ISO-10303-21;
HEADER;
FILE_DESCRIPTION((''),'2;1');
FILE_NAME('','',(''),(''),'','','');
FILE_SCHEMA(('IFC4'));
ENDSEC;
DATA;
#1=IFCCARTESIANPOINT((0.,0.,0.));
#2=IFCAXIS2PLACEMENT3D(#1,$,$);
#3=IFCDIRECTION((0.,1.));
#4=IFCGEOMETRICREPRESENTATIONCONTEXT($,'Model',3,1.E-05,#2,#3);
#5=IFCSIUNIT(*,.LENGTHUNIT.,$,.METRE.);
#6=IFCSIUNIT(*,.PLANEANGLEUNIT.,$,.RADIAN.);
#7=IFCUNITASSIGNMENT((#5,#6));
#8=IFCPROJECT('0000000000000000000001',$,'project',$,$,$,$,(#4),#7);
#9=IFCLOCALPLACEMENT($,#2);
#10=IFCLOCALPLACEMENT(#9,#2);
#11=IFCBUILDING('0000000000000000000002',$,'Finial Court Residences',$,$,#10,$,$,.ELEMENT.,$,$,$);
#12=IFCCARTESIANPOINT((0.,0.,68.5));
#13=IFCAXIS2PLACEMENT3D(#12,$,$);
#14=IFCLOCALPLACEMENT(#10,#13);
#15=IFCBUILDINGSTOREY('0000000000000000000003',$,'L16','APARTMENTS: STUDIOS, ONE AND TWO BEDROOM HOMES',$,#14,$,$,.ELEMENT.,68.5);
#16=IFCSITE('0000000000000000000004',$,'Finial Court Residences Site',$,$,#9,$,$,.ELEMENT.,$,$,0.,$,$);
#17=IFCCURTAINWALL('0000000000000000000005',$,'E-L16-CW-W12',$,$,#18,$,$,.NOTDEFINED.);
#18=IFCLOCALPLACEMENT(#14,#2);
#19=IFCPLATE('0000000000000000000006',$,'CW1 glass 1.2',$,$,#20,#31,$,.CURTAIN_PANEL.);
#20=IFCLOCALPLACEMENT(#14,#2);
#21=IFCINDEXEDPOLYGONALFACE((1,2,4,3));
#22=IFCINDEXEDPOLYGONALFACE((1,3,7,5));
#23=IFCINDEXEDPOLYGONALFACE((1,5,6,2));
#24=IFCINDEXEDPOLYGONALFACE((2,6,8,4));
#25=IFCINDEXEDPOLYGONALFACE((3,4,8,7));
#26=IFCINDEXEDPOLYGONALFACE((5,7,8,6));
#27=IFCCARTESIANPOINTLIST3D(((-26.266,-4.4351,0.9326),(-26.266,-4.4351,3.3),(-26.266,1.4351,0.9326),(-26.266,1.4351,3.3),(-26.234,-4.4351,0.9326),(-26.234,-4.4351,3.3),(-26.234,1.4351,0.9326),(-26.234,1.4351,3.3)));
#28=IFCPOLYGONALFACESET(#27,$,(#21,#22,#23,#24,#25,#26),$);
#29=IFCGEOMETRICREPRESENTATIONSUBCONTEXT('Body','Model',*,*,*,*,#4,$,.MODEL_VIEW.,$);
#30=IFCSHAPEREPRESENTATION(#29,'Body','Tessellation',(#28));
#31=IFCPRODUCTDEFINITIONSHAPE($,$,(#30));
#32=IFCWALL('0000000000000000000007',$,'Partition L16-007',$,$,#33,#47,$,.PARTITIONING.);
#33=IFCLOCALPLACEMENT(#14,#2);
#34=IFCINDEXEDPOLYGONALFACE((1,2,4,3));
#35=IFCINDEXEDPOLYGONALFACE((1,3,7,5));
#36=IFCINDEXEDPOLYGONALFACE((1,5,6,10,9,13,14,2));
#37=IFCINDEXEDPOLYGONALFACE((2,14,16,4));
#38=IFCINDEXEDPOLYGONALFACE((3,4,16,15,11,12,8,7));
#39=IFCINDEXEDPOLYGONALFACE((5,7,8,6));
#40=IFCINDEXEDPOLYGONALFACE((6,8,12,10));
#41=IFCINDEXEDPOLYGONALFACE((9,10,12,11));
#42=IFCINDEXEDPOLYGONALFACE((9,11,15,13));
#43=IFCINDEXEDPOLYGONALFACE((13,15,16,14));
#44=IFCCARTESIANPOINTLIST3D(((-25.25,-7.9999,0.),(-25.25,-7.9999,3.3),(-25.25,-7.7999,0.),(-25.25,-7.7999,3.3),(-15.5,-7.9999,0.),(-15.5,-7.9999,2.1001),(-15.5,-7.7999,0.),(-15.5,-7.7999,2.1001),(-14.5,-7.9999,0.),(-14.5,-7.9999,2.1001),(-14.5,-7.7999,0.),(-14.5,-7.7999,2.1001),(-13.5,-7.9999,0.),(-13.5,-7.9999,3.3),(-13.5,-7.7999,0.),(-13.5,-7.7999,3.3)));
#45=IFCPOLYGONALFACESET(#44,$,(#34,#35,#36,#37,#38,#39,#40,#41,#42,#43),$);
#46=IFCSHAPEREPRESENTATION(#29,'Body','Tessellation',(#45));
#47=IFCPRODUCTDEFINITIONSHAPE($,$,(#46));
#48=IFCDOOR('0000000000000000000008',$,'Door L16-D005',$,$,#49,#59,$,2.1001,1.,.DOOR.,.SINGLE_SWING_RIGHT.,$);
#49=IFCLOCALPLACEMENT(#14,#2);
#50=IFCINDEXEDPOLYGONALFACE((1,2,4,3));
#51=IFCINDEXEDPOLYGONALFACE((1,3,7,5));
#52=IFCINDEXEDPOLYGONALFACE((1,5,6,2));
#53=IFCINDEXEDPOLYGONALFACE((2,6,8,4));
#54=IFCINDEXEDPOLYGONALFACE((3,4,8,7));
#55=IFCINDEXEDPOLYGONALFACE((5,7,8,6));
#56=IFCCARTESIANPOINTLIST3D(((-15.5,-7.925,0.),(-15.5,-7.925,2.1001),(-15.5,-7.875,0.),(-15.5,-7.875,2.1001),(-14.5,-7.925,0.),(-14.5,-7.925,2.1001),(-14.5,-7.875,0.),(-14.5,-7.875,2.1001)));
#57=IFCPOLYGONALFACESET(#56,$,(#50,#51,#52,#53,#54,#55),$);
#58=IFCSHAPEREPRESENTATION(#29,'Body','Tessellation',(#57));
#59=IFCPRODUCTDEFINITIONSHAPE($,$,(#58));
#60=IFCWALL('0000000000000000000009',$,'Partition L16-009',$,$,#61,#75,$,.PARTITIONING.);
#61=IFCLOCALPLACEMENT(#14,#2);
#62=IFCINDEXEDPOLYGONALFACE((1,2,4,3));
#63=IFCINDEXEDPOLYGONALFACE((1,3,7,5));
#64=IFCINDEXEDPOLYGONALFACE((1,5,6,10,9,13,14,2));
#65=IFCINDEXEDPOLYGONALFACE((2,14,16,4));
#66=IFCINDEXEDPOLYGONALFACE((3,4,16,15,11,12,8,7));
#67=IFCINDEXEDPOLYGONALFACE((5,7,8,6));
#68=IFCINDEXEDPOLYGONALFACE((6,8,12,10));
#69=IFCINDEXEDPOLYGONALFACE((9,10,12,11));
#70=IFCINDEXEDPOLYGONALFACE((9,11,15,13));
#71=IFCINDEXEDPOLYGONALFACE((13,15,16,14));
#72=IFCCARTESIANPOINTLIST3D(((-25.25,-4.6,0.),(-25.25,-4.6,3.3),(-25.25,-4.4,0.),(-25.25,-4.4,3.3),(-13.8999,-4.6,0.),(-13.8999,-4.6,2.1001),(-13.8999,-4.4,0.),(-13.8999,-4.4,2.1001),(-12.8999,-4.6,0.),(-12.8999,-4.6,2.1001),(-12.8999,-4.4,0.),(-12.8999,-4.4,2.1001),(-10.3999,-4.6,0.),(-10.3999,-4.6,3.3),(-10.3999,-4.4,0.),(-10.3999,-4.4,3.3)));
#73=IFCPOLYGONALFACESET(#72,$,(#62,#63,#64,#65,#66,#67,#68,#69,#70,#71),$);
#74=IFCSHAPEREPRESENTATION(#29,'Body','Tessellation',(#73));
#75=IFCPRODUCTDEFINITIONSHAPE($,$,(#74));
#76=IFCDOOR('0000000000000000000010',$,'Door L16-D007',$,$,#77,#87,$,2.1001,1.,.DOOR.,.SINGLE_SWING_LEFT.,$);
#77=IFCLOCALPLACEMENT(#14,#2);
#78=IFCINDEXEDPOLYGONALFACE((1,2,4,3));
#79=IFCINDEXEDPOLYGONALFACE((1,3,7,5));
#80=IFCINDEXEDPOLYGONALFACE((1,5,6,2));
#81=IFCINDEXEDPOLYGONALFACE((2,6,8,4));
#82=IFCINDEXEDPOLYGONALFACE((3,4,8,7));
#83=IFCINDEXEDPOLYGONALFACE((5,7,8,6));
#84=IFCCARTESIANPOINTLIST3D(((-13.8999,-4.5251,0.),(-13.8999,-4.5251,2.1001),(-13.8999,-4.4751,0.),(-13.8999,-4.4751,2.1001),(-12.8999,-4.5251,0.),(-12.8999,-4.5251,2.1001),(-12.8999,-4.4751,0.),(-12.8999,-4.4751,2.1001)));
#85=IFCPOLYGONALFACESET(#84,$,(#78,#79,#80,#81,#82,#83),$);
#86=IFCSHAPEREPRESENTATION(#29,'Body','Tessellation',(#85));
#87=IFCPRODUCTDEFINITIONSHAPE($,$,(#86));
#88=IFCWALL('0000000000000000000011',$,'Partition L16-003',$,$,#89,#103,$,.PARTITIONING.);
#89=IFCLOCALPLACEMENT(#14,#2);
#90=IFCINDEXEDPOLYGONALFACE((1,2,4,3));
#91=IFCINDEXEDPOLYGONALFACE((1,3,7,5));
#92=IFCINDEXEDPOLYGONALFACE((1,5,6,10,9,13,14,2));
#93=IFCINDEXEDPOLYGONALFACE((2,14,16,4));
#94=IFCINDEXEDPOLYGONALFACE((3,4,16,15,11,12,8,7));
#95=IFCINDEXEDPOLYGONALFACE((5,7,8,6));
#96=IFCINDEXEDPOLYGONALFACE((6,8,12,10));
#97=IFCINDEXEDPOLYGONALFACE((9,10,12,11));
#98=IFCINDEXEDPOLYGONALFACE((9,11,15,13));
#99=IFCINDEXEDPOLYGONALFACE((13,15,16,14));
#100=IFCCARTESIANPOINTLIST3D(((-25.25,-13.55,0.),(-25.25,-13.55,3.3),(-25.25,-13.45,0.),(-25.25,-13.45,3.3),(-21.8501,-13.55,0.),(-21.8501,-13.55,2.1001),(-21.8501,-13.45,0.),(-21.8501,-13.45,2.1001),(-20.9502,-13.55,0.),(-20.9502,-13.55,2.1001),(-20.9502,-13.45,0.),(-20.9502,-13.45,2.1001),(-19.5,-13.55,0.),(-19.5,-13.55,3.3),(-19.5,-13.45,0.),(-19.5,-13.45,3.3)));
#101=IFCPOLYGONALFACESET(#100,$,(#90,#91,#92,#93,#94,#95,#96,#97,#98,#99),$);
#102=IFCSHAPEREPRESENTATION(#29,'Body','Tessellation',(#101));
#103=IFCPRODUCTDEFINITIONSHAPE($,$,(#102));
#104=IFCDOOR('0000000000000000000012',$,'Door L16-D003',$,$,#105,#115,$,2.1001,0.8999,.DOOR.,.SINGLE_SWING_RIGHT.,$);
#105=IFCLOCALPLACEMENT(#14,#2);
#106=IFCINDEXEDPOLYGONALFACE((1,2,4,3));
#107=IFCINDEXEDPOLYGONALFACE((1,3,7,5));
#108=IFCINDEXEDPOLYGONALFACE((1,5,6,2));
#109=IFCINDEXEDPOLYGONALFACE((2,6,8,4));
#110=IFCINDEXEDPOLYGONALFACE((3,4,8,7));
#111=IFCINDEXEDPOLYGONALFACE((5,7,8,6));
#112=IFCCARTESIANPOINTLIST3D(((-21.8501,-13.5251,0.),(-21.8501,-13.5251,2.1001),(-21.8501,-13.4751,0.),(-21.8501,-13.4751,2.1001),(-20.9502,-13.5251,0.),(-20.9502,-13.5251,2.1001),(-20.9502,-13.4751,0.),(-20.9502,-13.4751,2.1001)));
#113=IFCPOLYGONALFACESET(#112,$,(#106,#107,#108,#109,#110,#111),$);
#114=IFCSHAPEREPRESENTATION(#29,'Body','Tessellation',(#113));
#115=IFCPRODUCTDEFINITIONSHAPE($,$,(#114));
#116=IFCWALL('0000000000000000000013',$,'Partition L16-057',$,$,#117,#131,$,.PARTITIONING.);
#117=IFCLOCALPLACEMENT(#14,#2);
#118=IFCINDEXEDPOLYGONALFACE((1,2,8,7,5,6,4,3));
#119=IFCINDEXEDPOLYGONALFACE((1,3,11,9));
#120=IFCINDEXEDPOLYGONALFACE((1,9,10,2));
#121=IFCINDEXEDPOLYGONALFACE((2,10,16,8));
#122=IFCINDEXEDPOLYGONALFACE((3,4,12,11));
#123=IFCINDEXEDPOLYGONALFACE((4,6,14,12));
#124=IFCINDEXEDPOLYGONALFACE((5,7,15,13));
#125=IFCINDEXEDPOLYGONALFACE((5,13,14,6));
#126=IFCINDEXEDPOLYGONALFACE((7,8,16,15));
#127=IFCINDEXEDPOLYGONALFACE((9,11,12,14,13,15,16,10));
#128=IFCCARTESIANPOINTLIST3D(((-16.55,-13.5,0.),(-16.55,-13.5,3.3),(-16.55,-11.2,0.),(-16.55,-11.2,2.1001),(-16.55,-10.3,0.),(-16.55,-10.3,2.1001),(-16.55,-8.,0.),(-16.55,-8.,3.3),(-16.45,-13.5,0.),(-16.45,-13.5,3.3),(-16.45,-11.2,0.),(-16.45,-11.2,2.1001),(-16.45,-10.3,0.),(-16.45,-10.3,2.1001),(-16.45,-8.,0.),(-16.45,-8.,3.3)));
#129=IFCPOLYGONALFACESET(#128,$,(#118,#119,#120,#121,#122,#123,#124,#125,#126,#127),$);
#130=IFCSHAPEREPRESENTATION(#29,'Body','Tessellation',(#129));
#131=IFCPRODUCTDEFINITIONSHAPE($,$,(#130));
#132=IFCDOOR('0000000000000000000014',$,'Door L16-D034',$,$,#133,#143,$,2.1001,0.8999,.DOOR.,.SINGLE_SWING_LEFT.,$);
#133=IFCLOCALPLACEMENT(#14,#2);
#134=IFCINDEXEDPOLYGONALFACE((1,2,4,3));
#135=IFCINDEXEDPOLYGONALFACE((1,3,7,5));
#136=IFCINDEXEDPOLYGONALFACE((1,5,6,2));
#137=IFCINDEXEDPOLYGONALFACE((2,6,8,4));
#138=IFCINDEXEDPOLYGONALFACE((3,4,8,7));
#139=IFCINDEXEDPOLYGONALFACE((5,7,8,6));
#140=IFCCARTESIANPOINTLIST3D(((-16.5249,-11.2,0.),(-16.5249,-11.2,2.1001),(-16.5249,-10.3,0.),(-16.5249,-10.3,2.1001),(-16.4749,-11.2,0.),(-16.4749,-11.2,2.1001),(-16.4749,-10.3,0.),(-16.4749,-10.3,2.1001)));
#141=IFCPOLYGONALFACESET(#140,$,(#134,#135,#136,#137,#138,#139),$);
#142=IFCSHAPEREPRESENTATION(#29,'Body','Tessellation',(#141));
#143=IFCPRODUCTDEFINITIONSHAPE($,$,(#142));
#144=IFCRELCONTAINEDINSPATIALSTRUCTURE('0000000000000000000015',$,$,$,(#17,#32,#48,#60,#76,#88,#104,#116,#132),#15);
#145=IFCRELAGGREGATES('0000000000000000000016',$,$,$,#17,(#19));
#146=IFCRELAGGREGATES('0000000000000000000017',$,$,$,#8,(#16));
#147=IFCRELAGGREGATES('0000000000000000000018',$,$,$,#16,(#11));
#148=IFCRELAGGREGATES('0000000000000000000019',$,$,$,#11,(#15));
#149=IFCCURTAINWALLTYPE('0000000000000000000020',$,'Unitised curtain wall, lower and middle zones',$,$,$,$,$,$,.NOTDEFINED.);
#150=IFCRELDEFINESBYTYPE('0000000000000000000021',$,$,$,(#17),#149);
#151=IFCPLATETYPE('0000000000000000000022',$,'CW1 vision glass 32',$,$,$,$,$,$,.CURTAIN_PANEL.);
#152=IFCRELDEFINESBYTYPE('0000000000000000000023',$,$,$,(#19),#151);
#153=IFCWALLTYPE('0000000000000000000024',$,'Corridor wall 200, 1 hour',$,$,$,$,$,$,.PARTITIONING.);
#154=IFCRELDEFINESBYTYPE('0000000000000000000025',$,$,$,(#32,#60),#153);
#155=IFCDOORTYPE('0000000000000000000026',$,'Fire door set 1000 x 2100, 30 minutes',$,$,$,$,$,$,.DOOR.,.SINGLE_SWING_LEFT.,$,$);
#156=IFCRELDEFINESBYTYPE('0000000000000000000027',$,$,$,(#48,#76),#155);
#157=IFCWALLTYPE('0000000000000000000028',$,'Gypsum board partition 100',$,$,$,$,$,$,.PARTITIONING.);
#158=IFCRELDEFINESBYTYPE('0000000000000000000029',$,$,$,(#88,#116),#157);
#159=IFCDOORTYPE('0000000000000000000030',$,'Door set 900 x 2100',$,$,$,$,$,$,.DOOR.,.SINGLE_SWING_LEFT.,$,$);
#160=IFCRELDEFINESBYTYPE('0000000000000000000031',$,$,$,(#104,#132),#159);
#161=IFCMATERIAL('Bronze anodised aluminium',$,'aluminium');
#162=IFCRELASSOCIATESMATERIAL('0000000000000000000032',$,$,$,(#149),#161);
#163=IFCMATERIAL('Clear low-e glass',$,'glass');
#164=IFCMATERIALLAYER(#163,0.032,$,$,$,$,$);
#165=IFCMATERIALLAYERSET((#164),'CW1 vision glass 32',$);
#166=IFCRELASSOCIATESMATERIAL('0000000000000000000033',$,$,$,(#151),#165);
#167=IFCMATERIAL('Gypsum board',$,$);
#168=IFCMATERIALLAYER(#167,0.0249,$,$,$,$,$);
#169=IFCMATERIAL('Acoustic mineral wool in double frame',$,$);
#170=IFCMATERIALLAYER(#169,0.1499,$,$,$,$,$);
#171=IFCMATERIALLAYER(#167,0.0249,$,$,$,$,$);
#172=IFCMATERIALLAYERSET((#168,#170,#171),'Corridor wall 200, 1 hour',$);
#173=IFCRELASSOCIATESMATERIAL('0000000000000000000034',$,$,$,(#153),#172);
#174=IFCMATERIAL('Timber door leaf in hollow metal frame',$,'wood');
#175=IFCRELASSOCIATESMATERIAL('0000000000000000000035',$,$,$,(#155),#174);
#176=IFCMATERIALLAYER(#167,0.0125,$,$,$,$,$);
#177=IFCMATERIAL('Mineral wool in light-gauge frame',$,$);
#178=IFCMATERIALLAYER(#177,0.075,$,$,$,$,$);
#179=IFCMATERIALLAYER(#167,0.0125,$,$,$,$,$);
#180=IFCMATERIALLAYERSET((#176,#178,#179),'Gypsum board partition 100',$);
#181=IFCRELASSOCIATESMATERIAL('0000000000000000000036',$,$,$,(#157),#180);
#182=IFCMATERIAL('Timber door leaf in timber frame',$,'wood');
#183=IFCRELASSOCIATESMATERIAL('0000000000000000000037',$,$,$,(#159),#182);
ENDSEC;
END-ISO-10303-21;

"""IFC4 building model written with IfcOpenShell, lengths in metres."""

from ifc_helpers import new_model, si_unit, direction, frame, frame_2d, origin, origin_2d, place, context, subcontext, project, spatial, rectangle, extrude, material, layer, layer_set, type_object, element, fill, aggregate, save


model = new_model("IFC4")

# Units and contexts
model_context = context("Model", 3, precision=1e-05, world=origin(), true_north=direction((0.0, 1.0)))
body_context = subcontext(model_context, "Body", "Model", "MODEL_VIEW")
ifc_project = project(units=[si_unit("LENGTHUNIT", "METRE"), si_unit("PLANEANGLEUNIT", "RADIAN")], contexts=[model_context])

# Site, building, storey
site_placement = place(None, origin())
site = spatial("IfcSite", under=ifc_project, at=site_placement, Name="Finial Court Residences Site", CompositionType="ELEMENT", RefElevation=0.0)
building_placement = place(site_placement, origin())
building = spatial("IfcBuilding", under=site, at=building_placement, Name="Finial Court Residences", CompositionType="ELEMENT")
storey_placement = place(building_placement, frame((0.0, 0.0, 68.5)))
storey = spatial("IfcBuildingStorey", under=building, at=storey_placement, Name="L16", Description="APARTMENTS: STUDIOS, ONE AND TWO BEDROOM HOMES", CompositionType="ELEMENT", Elevation=68.5)

# Curtain wall
ifc_material_1 = material(Name="Bronze anodised aluminium", Category="aluminium")
curtain_wall_type = type_object("IfcCurtainWallType", Name="Unitised curtain wall, lower and middle zones", PredefinedType="NOTDEFINED", material=ifc_material_1)
curtain_wall_1_placement = place(storey_placement, origin())
curtain_wall_1 = element("IfcCurtainWall", 1, at=curtain_wall_1_placement, inside=storey, type_object=curtain_wall_type, Name="E-L16-CW-W12", PredefinedType="NOTDEFINED")

# Plate
ifc_material_2 = material(Name="Clear low-e glass", Category="glass")
ifc_layer_1 = layer(ifc_material_2, 0.032)
ifc_layer_set_1 = layer_set([ifc_layer_1], Name="CW1 vision glass 32")
plate_type_1 = type_object("IfcPlateType", Name="CW1 vision glass 32", PredefinedType="CURTAIN_PANEL", material=ifc_layer_set_1)
plate_1_placement = place(storey_placement, frame((-26.25, -1.5, 0.9326), z_axis=(0.0, 0.0, 1.0), x_axis=(0.0, 1.0, 0.0)))
plate_1 = element("IfcPlate", 2, at=plate_1_placement, type_object=plate_type_1, Name="CW1 glass 1.2", PredefinedType="CURTAIN_PANEL", context=body_context, shape_type="SweptSolid", body=[
    extrude(rectangle(XDim=5.8701, YDim=0.032, at=origin_2d()), origin(), (0.0, 0.0, 1.0), 2.3674),
])
aggregate(curtain_wall_1, [plate_1])

# Walls, openings, doors
ifc_material_3 = material(Name="Gypsum board")
ifc_layer_2 = layer(ifc_material_3, 0.0249)
ifc_material_4 = material(Name="Acoustic mineral wool in double frame")
ifc_layer_3 = layer(ifc_material_4, 0.1499)
ifc_layer_4 = layer(ifc_material_3, 0.0249)
ifc_layer_set_2 = layer_set([ifc_layer_2, ifc_layer_3, ifc_layer_4], Name="Corridor wall 200, 1 hour")
wall_type_1 = type_object("IfcWallType", Name="Corridor wall 200, 1 hour", PredefinedType="PARTITIONING", material=ifc_layer_set_2)
wall_1_placement = place(storey_placement, frame((-25.25, -7.8999, 0.0), z_axis=(0.0, 0.0, 1.0), x_axis=(1.0, 0.0, 0.0)))
wall_1 = element("IfcWall", 3, at=wall_1_placement, inside=storey, type_object=wall_type_1, Name="Partition L16-007", PredefinedType="PARTITIONING", context=body_context, shape_type="SweptSolid", body=[
    extrude(rectangle(XDim=11.75, YDim=0.2, at=frame_2d((5.875, 0.0))), origin(), (0.0, 0.0, 1.0), 3.3),
])
opening_1_placement = place(wall_1_placement, frame((9.75, 0.0, 0.0)))
opening_1 = element("IfcOpeningElement", 4, at=opening_1_placement, cuts=wall_1, PredefinedType="OPENING", context=body_context, shape_type="SweptSolid", body=[
    extrude(rectangle(XDim=1.0, YDim=2.1001, at=frame_2d((0.5, 1.05))), frame((0.0, 0.1099, 0.0), z_axis=(0.0, -1.0, 0.0), x_axis=(1.0, 0.0, 0.0)), (0.0, 0.0, 1.0), 0.22),
])
ifc_material_5 = material(Name="Timber door leaf in hollow metal frame", Category="wood")
door_type_1 = type_object("IfcDoorType", Name="Fire door set 1000 x 2100, 30 minutes", OperationType="SINGLE_SWING_LEFT", PredefinedType="DOOR", material=ifc_material_5)
door_1_placement = place(opening_1_placement, origin())
door_1 = element("IfcDoor", 5, at=door_1_placement, inside=storey, type_object=door_type_1, Name="Door L16-D005", OperationType="SINGLE_SWING_RIGHT", OverallHeight=2.1001, OverallWidth=1.0, PredefinedType="DOOR", context=body_context, shape_type="SweptSolid", body=[
    extrude(rectangle(XDim=1.0, YDim=2.1001, at=frame_2d((0.5, 1.05))), frame((0.0, 0.0249, 0.0), z_axis=(0.0, -1.0, 0.0), x_axis=(1.0, 0.0, 0.0)), (0.0, 0.0, 1.0), 0.05),
])
fill(opening_1, door_1)
wall_2_placement = place(storey_placement, frame((-25.25, -4.5, 0.0), z_axis=(0.0, 0.0, 1.0), x_axis=(1.0, 0.0, 0.0)))
wall_2 = element("IfcWall", 6, at=wall_2_placement, inside=storey, type_object=wall_type_1, Name="Partition L16-009", PredefinedType="PARTITIONING", context=body_context, shape_type="SweptSolid", body=[
    extrude(rectangle(XDim=14.8501, YDim=0.2, at=frame_2d((7.425, 0.0))), origin(), (0.0, 0.0, 1.0), 3.3),
])
opening_2_placement = place(wall_2_placement, frame((11.3501, 0.0, 0.0)))
opening_2 = element("IfcOpeningElement", 7, at=opening_2_placement, cuts=wall_2, PredefinedType="OPENING", context=body_context, shape_type="SweptSolid", body=[
    extrude(rectangle(XDim=1.0, YDim=2.1001, at=frame_2d((0.5, 1.05))), frame((0.0, 0.1099, 0.0), z_axis=(0.0, -1.0, 0.0), x_axis=(1.0, 0.0, 0.0)), (0.0, 0.0, 1.0), 0.22),
])
door_2_placement = place(opening_2_placement, origin())
door_2 = element("IfcDoor", 8, at=door_2_placement, inside=storey, type_object=door_type_1, Name="Door L16-D007", OperationType="SINGLE_SWING_LEFT", OverallHeight=2.1001, OverallWidth=1.0, PredefinedType="DOOR", context=body_context, shape_type="SweptSolid", body=[
    extrude(rectangle(XDim=1.0, YDim=2.1001, at=frame_2d((0.5, 1.05))), frame((0.0, 0.0249, 0.0), z_axis=(0.0, -1.0, 0.0), x_axis=(1.0, 0.0, 0.0)), (0.0, 0.0, 1.0), 0.05),
])
fill(opening_2, door_2)
ifc_layer_5 = layer(ifc_material_3, 0.0125)
ifc_material_6 = material(Name="Mineral wool in light-gauge frame")
ifc_layer_6 = layer(ifc_material_6, 0.075)
ifc_layer_7 = layer(ifc_material_3, 0.0125)
ifc_layer_set_3 = layer_set([ifc_layer_5, ifc_layer_6, ifc_layer_7], Name="Gypsum board partition 100")
wall_type_2 = type_object("IfcWallType", Name="Gypsum board partition 100", PredefinedType="PARTITIONING", material=ifc_layer_set_3)
wall_3_placement = place(storey_placement, frame((-25.25, -13.5, 0.0), z_axis=(0.0, 0.0, 1.0), x_axis=(1.0, 0.0, 0.0)))
wall_3 = element("IfcWall", 9, at=wall_3_placement, inside=storey, type_object=wall_type_2, Name="Partition L16-003", PredefinedType="PARTITIONING", context=body_context, shape_type="SweptSolid", body=[
    extrude(rectangle(XDim=5.75, YDim=0.1001, at=frame_2d((2.875, 0.0))), origin(), (0.0, 0.0, 1.0), 3.3),
])
opening_3_placement = place(wall_3_placement, frame((3.3999, 0.0, 0.0)))
opening_3 = element("IfcOpeningElement", 10, at=opening_3_placement, cuts=wall_3, PredefinedType="OPENING", context=body_context, shape_type="SweptSolid", body=[
    extrude(rectangle(XDim=0.8999, YDim=2.1001, at=frame_2d((0.45, 1.05))), frame((0.0, 0.0601, 0.0), z_axis=(0.0, -1.0, 0.0), x_axis=(1.0, 0.0, 0.0)), (0.0, 0.0, 1.0), 0.1201),
])
ifc_material_7 = material(Name="Timber door leaf in timber frame", Category="wood")
door_type_2 = type_object("IfcDoorType", Name="Door set 900 x 2100", OperationType="SINGLE_SWING_LEFT", PredefinedType="DOOR", material=ifc_material_7)
door_3_placement = place(opening_3_placement, origin())
door_3 = element("IfcDoor", 11, at=door_3_placement, inside=storey, type_object=door_type_2, Name="Door L16-D003", OperationType="SINGLE_SWING_RIGHT", OverallHeight=2.1001, OverallWidth=0.8999, PredefinedType="DOOR", context=body_context, shape_type="SweptSolid", body=[
    extrude(rectangle(XDim=0.8999, YDim=2.1001, at=frame_2d((0.45, 1.05))), frame((0.0, 0.0249, 0.0), z_axis=(0.0, -1.0, 0.0), x_axis=(1.0, 0.0, 0.0)), (0.0, 0.0, 1.0), 0.05),
])
fill(opening_3, door_3)
wall_4_placement = place(storey_placement, frame((-16.5, -13.5, 0.0), z_axis=(0.0, 0.0, 1.0), x_axis=(0.0, 1.0, 0.0)))
wall_4 = element("IfcWall", 12, at=wall_4_placement, inside=storey, type_object=wall_type_2, Name="Partition L16-057", PredefinedType="PARTITIONING", context=body_context, shape_type="SweptSolid", body=[
    extrude(rectangle(XDim=5.5, YDim=0.1001, at=frame_2d((2.75, 0.0))), origin(), (0.0, 0.0, 1.0), 3.3),
])
opening_4_placement = place(wall_4_placement, frame((2.3, 0.0, 0.0)))
opening_4 = element("IfcOpeningElement", 13, at=opening_4_placement, cuts=wall_4, PredefinedType="OPENING", context=body_context, shape_type="SweptSolid", body=[
    extrude(rectangle(XDim=0.8999, YDim=2.1001, at=frame_2d((0.45, 1.05))), frame((0.0, 0.0601, 0.0), z_axis=(0.0, -1.0, 0.0), x_axis=(1.0, 0.0, 0.0)), (0.0, 0.0, 1.0), 0.1201),
])
door_4_placement = place(opening_4_placement, origin())
door_4 = element("IfcDoor", 14, at=door_4_placement, inside=storey, type_object=door_type_2, Name="Door L16-D034", OperationType="SINGLE_SWING_LEFT", OverallHeight=2.1001, OverallWidth=0.8999, PredefinedType="DOOR", context=body_context, shape_type="SweptSolid", body=[
    extrude(rectangle(XDim=0.8999, YDim=2.1001, at=frame_2d((0.45, 1.05))), frame((0.0, 0.0249, 0.0), z_axis=(0.0, -1.0, 0.0), x_axis=(1.0, 0.0, 0.0)), (0.0, 0.0, 1.0), 0.05),
])
fill(opening_4, door_4)

save(model, "model.ifc")
